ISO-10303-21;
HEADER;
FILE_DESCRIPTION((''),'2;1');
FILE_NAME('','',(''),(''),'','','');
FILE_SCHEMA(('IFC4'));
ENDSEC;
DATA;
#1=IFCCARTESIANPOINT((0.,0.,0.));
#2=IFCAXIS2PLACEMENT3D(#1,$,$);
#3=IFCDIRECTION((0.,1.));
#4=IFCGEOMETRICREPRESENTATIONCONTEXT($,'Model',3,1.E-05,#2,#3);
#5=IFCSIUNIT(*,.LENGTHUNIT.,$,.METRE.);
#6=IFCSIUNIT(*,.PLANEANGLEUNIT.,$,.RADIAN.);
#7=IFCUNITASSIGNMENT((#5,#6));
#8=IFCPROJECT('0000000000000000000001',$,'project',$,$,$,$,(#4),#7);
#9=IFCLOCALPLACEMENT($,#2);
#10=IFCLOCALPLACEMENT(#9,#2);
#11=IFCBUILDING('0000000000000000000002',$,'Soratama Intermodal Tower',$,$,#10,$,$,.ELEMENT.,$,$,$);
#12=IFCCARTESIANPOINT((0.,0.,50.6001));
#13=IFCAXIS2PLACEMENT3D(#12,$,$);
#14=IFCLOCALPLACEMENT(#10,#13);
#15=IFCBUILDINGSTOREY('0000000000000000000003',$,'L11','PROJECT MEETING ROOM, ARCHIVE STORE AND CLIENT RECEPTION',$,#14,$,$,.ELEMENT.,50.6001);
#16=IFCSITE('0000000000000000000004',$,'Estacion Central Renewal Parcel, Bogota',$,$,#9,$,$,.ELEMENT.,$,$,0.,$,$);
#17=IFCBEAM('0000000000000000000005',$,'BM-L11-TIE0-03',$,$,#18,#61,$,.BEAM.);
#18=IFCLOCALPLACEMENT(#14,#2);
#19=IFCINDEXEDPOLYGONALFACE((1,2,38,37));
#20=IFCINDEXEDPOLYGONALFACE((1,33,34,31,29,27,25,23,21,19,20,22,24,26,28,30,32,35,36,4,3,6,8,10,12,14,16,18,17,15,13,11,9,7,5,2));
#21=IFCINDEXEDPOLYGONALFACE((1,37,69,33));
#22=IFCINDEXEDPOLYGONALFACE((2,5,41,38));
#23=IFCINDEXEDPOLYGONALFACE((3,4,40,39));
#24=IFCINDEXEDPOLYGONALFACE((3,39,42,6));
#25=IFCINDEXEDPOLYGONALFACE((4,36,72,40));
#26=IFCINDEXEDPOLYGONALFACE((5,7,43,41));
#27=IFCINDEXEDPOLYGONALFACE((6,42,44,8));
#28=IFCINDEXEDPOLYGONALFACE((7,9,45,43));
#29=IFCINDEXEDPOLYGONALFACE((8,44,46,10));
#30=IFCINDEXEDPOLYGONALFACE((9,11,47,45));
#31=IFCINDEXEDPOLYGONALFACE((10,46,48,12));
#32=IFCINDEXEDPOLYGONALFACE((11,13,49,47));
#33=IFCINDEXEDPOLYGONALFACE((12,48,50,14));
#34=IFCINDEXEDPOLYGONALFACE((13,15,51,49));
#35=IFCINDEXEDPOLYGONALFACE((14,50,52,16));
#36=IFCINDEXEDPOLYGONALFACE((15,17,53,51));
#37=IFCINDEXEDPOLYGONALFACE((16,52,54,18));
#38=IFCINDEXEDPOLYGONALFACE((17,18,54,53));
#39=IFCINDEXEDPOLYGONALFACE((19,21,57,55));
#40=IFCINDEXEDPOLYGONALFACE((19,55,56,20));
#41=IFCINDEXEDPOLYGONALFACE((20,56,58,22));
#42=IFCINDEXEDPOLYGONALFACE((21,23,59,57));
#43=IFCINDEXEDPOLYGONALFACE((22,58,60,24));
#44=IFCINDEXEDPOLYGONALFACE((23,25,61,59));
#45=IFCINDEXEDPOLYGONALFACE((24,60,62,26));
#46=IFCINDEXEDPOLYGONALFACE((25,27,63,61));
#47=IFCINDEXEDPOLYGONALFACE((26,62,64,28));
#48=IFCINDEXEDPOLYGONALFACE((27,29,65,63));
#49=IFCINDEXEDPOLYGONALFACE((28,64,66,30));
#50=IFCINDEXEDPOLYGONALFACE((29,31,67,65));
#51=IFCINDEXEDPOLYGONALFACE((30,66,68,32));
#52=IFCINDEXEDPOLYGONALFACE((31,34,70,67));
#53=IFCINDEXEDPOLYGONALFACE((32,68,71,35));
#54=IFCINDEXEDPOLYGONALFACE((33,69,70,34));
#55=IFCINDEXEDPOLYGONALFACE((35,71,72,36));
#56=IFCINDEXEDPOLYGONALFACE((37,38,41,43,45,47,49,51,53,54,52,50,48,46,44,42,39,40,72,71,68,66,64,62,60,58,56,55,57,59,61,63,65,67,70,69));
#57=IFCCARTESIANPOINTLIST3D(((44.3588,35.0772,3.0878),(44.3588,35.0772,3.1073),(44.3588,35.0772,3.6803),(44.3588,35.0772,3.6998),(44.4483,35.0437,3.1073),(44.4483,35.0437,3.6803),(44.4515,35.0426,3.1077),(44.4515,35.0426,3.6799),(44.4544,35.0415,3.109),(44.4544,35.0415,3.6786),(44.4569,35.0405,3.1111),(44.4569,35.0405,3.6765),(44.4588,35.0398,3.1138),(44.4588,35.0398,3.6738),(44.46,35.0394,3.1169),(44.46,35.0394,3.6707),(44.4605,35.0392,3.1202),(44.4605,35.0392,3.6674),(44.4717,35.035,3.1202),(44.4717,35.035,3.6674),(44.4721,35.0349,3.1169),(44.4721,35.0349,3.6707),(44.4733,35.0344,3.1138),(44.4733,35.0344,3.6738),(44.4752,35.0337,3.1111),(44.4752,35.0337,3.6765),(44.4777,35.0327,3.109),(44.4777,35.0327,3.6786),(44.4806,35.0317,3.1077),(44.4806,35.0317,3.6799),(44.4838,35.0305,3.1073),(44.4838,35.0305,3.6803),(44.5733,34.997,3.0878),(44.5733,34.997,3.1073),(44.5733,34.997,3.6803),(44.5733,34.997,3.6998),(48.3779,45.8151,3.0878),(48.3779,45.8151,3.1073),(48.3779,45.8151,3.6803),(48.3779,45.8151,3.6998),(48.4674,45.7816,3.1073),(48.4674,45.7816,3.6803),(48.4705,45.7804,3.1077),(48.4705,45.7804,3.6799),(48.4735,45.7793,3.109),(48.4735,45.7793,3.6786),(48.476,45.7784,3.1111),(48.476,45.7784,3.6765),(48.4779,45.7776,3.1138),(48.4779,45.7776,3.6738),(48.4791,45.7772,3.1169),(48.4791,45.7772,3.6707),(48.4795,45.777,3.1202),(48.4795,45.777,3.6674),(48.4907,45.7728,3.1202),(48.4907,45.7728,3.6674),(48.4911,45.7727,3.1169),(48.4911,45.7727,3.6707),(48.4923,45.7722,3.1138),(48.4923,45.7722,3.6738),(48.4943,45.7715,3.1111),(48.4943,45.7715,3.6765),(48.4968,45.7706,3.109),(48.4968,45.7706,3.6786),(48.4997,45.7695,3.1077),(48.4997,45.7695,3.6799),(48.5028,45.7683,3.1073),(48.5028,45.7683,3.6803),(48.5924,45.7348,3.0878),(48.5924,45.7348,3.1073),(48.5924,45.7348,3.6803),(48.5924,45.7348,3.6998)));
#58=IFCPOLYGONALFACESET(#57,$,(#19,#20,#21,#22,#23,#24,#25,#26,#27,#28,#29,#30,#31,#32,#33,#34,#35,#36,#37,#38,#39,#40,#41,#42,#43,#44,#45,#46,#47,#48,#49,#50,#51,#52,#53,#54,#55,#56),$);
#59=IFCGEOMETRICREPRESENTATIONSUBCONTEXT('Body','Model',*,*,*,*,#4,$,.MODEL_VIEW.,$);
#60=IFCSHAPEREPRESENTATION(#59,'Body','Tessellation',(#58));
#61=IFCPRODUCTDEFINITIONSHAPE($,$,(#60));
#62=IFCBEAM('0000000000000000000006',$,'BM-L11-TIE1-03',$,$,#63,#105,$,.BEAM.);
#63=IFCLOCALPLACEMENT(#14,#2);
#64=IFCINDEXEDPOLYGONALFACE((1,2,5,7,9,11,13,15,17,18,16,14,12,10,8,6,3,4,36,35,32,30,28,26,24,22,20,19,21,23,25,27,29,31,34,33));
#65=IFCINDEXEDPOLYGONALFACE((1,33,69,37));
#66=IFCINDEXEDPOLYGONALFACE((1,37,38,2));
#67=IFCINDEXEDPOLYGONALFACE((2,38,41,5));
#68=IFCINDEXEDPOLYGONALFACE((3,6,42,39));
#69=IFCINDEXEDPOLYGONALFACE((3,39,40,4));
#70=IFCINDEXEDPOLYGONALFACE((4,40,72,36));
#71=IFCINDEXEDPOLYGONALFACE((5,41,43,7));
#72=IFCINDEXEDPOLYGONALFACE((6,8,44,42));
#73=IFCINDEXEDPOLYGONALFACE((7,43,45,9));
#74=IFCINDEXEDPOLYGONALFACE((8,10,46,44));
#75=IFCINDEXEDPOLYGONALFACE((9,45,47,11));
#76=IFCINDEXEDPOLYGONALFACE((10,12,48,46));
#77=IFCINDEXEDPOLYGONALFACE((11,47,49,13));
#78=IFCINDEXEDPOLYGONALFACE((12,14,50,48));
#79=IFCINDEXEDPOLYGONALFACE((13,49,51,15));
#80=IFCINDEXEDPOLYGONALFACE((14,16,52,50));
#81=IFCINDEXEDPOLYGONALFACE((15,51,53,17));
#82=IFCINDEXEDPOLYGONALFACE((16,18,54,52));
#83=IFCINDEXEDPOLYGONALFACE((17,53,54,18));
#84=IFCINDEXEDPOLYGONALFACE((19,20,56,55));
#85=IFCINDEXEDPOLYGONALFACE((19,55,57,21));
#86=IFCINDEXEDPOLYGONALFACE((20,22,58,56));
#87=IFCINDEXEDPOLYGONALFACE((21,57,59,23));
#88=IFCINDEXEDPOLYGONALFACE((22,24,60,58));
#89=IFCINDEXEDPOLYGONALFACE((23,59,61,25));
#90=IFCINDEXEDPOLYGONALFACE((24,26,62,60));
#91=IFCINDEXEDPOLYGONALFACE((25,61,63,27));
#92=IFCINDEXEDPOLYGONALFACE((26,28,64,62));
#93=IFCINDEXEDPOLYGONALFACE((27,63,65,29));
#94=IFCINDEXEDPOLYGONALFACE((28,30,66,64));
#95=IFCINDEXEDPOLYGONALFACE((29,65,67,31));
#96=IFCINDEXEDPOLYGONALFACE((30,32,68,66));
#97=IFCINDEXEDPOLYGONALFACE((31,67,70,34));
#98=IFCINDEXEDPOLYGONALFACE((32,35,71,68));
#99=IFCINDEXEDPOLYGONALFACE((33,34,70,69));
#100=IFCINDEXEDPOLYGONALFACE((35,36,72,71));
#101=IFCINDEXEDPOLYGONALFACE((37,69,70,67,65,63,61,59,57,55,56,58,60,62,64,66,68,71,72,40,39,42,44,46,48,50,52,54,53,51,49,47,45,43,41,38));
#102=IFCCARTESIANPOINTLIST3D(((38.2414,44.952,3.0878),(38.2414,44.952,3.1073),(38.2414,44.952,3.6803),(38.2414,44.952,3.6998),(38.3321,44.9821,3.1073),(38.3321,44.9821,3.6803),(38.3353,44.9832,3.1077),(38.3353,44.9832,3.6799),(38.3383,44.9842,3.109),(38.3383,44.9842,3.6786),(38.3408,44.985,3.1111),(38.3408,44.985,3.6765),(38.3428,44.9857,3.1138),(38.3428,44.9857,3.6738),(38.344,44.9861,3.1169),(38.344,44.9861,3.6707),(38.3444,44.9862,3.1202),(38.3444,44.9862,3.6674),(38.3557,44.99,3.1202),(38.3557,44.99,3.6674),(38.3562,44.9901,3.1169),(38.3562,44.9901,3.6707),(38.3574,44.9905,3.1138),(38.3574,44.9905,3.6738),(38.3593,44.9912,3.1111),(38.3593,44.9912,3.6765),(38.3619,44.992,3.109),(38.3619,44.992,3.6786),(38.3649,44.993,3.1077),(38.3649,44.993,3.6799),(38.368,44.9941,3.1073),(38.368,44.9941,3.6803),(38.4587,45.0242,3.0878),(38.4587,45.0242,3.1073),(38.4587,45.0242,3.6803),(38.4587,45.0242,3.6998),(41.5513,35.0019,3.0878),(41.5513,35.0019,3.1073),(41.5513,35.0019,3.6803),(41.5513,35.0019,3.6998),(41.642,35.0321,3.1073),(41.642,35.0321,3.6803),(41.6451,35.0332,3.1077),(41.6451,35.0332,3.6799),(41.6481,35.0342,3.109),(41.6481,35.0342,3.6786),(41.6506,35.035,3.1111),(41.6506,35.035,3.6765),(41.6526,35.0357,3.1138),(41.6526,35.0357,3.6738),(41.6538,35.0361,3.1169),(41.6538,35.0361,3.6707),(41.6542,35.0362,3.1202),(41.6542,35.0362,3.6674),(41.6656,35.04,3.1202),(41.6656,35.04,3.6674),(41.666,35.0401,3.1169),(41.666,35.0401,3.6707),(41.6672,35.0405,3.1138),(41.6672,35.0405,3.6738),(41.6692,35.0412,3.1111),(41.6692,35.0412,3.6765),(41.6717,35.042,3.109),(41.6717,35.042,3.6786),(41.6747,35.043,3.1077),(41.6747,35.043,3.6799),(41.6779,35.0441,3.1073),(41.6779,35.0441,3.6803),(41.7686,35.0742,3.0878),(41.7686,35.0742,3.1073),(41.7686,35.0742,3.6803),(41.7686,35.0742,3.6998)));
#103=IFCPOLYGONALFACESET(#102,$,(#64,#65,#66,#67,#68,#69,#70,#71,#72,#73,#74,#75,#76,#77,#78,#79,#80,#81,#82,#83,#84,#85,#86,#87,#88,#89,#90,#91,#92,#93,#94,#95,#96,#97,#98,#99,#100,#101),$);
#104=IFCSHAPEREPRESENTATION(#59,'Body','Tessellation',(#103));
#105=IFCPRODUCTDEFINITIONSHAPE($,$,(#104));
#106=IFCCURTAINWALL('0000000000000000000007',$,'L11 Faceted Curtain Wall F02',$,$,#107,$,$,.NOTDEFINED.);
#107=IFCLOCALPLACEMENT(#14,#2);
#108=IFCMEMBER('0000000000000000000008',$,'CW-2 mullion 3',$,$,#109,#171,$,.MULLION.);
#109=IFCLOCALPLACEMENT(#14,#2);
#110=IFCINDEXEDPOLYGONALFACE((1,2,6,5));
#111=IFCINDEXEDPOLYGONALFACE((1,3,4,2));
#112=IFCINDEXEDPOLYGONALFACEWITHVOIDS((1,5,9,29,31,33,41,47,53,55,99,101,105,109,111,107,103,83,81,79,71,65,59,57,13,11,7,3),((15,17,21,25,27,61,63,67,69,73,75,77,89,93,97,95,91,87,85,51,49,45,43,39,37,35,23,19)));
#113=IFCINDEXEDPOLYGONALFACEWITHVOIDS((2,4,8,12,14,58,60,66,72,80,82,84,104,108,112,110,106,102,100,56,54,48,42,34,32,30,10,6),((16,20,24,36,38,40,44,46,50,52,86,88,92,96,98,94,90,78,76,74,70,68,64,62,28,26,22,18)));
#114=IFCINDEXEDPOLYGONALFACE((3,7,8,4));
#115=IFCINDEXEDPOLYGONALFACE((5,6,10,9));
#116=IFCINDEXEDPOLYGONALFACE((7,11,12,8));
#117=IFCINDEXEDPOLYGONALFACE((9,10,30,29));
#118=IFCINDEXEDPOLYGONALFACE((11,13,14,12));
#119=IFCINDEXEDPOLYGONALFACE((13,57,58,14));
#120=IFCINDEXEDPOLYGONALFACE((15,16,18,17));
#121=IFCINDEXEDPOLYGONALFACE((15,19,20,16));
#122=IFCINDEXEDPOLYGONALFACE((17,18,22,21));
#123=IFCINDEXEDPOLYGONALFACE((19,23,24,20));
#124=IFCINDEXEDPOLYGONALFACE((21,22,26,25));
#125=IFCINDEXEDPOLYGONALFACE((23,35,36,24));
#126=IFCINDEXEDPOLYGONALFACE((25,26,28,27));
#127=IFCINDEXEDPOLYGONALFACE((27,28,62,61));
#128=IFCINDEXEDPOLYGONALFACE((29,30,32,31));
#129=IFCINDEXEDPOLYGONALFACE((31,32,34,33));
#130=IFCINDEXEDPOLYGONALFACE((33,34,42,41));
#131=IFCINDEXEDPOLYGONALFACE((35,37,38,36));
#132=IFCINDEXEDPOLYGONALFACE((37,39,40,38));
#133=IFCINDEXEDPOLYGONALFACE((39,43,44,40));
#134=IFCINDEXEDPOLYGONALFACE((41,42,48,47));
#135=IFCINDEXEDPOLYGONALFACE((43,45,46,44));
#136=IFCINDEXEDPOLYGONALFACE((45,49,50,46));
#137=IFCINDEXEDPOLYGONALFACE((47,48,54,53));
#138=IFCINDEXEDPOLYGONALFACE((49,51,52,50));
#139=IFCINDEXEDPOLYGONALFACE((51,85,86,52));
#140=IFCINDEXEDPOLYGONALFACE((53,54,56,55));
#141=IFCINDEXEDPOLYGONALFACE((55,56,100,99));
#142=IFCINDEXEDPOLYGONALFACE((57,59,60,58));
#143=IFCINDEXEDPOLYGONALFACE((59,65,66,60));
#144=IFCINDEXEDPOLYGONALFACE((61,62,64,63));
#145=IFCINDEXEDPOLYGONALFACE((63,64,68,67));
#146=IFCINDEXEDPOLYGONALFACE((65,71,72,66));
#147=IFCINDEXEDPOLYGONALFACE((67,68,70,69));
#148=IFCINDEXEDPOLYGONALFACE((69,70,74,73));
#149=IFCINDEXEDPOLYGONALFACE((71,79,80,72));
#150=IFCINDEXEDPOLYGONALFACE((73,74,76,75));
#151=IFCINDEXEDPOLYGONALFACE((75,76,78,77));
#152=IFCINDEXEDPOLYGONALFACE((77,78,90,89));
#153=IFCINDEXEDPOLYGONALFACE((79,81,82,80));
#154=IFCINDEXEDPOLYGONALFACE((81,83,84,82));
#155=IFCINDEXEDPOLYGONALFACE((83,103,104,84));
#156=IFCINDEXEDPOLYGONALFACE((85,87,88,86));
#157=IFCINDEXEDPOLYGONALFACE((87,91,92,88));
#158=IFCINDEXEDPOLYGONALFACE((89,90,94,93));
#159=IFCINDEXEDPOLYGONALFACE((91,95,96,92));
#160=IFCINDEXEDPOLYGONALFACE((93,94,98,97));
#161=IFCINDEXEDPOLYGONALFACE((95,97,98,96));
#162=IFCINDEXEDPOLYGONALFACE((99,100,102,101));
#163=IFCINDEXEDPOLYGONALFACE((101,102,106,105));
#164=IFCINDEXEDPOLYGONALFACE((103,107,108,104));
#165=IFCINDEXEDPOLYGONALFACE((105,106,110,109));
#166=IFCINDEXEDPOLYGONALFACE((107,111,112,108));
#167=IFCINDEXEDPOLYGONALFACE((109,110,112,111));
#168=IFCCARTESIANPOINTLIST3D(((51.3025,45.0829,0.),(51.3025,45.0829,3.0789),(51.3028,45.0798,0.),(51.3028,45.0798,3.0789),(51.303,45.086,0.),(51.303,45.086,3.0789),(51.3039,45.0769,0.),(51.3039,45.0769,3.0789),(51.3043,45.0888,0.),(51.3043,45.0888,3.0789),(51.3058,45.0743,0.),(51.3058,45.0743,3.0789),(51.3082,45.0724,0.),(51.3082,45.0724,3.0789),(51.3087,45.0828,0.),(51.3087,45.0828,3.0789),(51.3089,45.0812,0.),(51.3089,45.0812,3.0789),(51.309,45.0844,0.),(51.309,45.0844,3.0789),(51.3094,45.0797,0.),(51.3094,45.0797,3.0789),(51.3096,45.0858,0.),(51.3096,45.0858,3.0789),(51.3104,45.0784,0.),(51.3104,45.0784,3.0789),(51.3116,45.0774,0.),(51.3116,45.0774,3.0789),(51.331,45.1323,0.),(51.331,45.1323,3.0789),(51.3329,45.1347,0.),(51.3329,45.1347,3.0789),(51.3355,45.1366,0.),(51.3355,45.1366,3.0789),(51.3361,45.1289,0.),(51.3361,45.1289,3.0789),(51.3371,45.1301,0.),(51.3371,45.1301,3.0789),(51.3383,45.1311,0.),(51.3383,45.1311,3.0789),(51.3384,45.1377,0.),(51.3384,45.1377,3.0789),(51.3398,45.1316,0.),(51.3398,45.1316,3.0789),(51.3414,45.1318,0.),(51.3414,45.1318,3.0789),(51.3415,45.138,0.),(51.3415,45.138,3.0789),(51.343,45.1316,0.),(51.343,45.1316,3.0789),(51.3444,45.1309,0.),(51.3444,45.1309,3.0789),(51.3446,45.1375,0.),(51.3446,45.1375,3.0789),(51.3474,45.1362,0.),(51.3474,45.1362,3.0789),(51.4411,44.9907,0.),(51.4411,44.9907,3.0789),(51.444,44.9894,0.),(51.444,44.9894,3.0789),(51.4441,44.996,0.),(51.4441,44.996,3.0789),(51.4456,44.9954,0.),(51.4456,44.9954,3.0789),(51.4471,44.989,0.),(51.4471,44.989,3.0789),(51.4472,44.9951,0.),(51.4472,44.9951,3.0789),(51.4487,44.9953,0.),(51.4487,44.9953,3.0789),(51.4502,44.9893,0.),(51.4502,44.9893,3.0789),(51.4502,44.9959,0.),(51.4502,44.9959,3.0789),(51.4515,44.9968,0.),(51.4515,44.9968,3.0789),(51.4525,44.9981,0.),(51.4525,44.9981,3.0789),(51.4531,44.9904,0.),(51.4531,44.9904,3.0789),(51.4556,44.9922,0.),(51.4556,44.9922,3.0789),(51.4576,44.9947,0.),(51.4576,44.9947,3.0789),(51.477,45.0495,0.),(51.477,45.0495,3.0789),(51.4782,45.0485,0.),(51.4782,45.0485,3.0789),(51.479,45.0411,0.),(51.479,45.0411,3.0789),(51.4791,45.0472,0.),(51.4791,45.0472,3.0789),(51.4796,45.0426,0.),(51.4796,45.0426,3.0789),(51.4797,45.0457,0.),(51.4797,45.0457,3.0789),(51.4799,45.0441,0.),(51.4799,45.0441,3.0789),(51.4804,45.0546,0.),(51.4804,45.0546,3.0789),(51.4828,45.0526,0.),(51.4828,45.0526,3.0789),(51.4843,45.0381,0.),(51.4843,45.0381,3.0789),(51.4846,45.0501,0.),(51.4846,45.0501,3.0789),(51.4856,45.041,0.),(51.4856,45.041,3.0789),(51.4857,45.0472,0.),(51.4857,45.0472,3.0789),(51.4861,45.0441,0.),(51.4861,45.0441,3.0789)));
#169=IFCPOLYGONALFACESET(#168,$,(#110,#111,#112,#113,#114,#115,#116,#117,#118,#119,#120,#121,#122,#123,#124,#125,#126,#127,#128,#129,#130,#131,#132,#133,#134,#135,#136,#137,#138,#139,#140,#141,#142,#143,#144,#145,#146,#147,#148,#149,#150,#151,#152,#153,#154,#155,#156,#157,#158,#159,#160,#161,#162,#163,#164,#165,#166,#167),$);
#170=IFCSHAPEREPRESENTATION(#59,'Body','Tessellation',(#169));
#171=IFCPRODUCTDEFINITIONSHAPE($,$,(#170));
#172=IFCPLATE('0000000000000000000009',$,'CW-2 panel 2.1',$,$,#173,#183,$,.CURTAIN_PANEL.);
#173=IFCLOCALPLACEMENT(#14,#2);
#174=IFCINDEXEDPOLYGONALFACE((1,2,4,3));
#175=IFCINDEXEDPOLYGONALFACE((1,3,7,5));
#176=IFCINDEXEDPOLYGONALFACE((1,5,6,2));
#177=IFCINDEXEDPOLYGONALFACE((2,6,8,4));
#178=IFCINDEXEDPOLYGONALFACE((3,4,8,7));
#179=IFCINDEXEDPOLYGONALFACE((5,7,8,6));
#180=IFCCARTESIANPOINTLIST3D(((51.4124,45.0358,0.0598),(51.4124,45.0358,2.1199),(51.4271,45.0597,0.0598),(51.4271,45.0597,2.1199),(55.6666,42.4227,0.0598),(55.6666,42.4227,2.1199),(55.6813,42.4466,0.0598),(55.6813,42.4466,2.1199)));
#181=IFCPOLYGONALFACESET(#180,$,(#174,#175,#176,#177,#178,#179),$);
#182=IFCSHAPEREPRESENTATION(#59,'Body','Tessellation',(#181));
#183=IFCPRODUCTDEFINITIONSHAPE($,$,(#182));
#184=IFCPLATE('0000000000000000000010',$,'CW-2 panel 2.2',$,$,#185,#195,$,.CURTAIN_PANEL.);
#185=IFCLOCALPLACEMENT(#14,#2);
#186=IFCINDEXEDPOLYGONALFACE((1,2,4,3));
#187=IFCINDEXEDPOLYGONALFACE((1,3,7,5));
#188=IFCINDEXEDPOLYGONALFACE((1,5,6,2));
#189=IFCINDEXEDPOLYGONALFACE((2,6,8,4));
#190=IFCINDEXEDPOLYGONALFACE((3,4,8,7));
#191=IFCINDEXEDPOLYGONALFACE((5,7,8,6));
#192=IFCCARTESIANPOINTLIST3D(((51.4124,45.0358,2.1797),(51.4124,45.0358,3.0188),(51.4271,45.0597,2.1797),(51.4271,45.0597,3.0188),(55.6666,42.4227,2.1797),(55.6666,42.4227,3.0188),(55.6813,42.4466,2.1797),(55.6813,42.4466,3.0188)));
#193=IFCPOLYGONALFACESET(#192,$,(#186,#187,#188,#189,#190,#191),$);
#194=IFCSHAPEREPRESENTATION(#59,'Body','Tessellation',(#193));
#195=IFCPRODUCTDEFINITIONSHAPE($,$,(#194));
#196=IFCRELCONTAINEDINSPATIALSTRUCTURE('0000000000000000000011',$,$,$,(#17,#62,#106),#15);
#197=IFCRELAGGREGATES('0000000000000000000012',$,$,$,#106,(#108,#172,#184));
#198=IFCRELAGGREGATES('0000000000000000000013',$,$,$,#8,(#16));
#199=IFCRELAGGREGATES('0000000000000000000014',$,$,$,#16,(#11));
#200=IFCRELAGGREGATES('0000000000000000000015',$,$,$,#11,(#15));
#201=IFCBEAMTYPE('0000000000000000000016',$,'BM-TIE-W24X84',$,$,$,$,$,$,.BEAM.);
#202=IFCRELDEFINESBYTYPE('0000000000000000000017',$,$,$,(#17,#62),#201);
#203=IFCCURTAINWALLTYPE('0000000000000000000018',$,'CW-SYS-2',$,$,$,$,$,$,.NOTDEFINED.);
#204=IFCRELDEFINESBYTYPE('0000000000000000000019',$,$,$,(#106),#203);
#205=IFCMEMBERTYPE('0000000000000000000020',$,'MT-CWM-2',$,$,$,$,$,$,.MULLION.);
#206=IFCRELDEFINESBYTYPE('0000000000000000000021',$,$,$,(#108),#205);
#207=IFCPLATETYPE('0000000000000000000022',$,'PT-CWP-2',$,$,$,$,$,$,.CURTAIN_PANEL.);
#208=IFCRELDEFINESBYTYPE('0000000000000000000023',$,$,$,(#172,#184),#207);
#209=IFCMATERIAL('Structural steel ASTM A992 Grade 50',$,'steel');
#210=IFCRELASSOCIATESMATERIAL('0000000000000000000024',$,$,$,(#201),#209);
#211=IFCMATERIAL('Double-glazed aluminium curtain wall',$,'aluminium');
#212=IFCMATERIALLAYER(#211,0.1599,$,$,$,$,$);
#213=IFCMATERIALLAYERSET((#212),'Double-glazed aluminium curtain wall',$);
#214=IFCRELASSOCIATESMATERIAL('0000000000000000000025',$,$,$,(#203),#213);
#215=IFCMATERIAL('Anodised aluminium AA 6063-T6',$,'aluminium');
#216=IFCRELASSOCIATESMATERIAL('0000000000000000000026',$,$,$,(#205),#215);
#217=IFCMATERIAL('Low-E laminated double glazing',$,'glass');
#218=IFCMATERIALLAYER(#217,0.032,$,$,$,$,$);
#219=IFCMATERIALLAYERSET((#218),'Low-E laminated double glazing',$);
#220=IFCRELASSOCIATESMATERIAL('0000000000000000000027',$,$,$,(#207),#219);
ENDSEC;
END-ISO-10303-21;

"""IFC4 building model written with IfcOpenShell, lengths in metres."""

from ifc_helpers import new_model, si_unit, direction, frame, origin, origin_2d, place, context, subcontext, project, spatial, rectangle, hollow_rectangle, i_section, extrude, material, layer, layer_set, material_profile, profile_set, type_object, element, aggregate, save


model = new_model("IFC4")

# Units and contexts
model_context = context("Model", 3, precision=1e-05, world=origin(), true_north=direction((0.0, 1.0)))
body_context = subcontext(model_context, "Body", "Model", "MODEL_VIEW")
ifc_project = project(units=[si_unit("LENGTHUNIT", "METRE"), si_unit("PLANEANGLEUNIT", "RADIAN")], contexts=[model_context])

# Site, building, storey
site_placement = place(None, origin())
site = spatial("IfcSite", under=ifc_project, at=site_placement, Name="Estacion Central Renewal Parcel, Bogota", CompositionType="ELEMENT", RefElevation=0.0)
building_placement = place(site_placement, origin())
building = spatial("IfcBuilding", under=site, at=building_placement, Name="Soratama Intermodal Tower", CompositionType="ELEMENT")
storey_placement = place(building_placement, frame((0.0, 0.0, 50.6001)))
storey = spatial("IfcBuildingStorey", under=building, at=storey_placement, Name="L11", Description="PROJECT MEETING ROOM, ARCHIVE STORE AND CLIENT RECEPTION", CompositionType="ELEMENT", Elevation=50.6001)

# Beams
ifc_material_1 = material(Name="Structural steel ASTM A992 Grade 50", Category="steel")
ifc_material_profile_1 = material_profile(ifc_material_1, i_section(OverallWidth=0.229, OverallDepth=0.6121, WebThickness=0.012, FlangeThickness=0.0195, FilletRadius=0.0129, at=origin_2d()), Name="W24X84")
ifc_profile_set_1 = profile_set([ifc_material_profile_1], Name="Structural steel ASTM A992 Grade 50")
beam_type_1 = type_object("IfcBeamType", Name="BM-TIE-W24X84", PredefinedType="BEAM", material=ifc_profile_set_1)
beam_1_placement = place(storey_placement, frame((44.4661, 35.0371, 3.3938), z_axis=(0.35054, 0.936548, 0.0), x_axis=(-0.936548, 0.35054, 0.0)))
element("IfcBeam", 1, at=beam_1_placement, inside=storey, type_object=beam_type_1, Name="BM-L11-TIE0-03", PredefinedType="BEAM", context=body_context, shape_type="SweptSolid", body=[
    extrude(i_section(OverallWidth=0.229, OverallDepth=0.6121, WebThickness=0.012, FlangeThickness=0.0195, FilletRadius=0.0129, at=origin_2d()), origin(), (0.0, 0.0, 1.0), 11.4653),
])
beam_2_placement = place(storey_placement, frame((41.6599, 35.0381, 3.3938), z_axis=(-0.315641, 0.948879, 0.0), x_axis=(-0.948879, -0.315641, 0.0)))
element("IfcBeam", 2, at=beam_2_placement, inside=storey, type_object=beam_type_1, Name="BM-L11-TIE1-03", PredefinedType="BEAM", context=body_context, shape_type="SweptSolid", body=[
    extrude(i_section(OverallWidth=0.229, OverallDepth=0.6121, WebThickness=0.012, FlangeThickness=0.0195, FilletRadius=0.0129, at=origin_2d()), origin(), (0.0, 0.0, 1.0), 10.4861),
])

# Curtain wall, member, plates
ifc_material_2 = material(Name="Double-glazed aluminium curtain wall", Category="aluminium")
ifc_layer_1 = layer(ifc_material_2, 0.1599)
ifc_layer_set_1 = layer_set([ifc_layer_1], Name="Double-glazed aluminium curtain wall")
curtain_wall_type = type_object("IfcCurtainWallType", Name="CW-SYS-2", PredefinedType="NOTDEFINED", material=ifc_layer_set_1)
curtain_wall_placement = place(storey_placement, origin())
curtain_wall = element("IfcCurtainWall", 3, at=curtain_wall_placement, inside=storey, type_object=curtain_wall_type, Name="L11 Faceted Curtain Wall F02", PredefinedType="NOTDEFINED")
ifc_material_3 = material(Name="Anodised aluminium AA 6063-T6", Category="aluminium")
ifc_material_profile_2 = material_profile(ifc_material_3, hollow_rectangle(XDim=0.075, YDim=0.1799, WallThickness=0.0061, InnerFilletRadius=0.0061, OuterFilletRadius=0.012, at=origin_2d()), Name="CWM180X75X6")
ifc_profile_set_2 = profile_set([ifc_material_profile_2], Name="Anodised aluminium AA 6063-T6")
member_type = type_object("IfcMemberType", Name="MT-CWM-2", PredefinedType="MULLION", material=ifc_profile_set_2)
member_placement = place(storey_placement, frame((51.3943, 45.0635, 0.0), z_axis=(0.0, 0.0, 1.0), x_axis=(-0.523385, -0.852096, 0.0)))
member = element("IfcMember", 4, at=member_placement, type_object=member_type, Name="CW-2 mullion 3", PredefinedType="MULLION", context=body_context, shape_type="SweptSolid", body=[
    extrude(hollow_rectangle(XDim=0.075, YDim=0.1799, WallThickness=0.0061, InnerFilletRadius=0.0061, OuterFilletRadius=0.012, at=origin_2d()), origin(), (0.0, 0.0, 1.0), 3.0789),
])
ifc_material_4 = material(Name="Low-E laminated double glazing", Category="glass")
ifc_layer_2 = layer(ifc_material_4, 0.032)
ifc_layer_set_2 = layer_set([ifc_layer_2], Name="Low-E laminated double glazing")
plate_type = type_object("IfcPlateType", Name="PT-CWP-2", PredefinedType="CURTAIN_PANEL", material=ifc_layer_set_2)
plate_1_placement = place(storey_placement, frame((53.5469, 43.7412, 0.0598), z_axis=(0.0, 0.0, 1.0), x_axis=(-0.852096, 0.523385, 0.0)))
plate_1 = element("IfcPlate", 5, at=plate_1_placement, type_object=plate_type, Name="CW-2 panel 2.1", PredefinedType="CURTAIN_PANEL", context=body_context, shape_type="SweptSolid", body=[
    extrude(rectangle(XDim=4.9927, YDim=0.0281, at=origin_2d()), origin(), (0.0, 0.0, 1.0), 2.0601),
])
plate_2_placement = place(storey_placement, frame((53.5469, 43.7412, 2.1797), z_axis=(0.0, 0.0, 1.0), x_axis=(-0.852096, 0.523385, 0.0)))
plate_2 = element("IfcPlate", 6, at=plate_2_placement, type_object=plate_type, Name="CW-2 panel 2.2", PredefinedType="CURTAIN_PANEL", context=body_context, shape_type="SweptSolid", body=[
    extrude(rectangle(XDim=4.9927, YDim=0.0281, at=origin_2d()), origin(), (0.0, 0.0, 1.0), 0.8391),
])
aggregate(curtain_wall, [member, plate_1, plate_2])

save(model, "model.ifc")
